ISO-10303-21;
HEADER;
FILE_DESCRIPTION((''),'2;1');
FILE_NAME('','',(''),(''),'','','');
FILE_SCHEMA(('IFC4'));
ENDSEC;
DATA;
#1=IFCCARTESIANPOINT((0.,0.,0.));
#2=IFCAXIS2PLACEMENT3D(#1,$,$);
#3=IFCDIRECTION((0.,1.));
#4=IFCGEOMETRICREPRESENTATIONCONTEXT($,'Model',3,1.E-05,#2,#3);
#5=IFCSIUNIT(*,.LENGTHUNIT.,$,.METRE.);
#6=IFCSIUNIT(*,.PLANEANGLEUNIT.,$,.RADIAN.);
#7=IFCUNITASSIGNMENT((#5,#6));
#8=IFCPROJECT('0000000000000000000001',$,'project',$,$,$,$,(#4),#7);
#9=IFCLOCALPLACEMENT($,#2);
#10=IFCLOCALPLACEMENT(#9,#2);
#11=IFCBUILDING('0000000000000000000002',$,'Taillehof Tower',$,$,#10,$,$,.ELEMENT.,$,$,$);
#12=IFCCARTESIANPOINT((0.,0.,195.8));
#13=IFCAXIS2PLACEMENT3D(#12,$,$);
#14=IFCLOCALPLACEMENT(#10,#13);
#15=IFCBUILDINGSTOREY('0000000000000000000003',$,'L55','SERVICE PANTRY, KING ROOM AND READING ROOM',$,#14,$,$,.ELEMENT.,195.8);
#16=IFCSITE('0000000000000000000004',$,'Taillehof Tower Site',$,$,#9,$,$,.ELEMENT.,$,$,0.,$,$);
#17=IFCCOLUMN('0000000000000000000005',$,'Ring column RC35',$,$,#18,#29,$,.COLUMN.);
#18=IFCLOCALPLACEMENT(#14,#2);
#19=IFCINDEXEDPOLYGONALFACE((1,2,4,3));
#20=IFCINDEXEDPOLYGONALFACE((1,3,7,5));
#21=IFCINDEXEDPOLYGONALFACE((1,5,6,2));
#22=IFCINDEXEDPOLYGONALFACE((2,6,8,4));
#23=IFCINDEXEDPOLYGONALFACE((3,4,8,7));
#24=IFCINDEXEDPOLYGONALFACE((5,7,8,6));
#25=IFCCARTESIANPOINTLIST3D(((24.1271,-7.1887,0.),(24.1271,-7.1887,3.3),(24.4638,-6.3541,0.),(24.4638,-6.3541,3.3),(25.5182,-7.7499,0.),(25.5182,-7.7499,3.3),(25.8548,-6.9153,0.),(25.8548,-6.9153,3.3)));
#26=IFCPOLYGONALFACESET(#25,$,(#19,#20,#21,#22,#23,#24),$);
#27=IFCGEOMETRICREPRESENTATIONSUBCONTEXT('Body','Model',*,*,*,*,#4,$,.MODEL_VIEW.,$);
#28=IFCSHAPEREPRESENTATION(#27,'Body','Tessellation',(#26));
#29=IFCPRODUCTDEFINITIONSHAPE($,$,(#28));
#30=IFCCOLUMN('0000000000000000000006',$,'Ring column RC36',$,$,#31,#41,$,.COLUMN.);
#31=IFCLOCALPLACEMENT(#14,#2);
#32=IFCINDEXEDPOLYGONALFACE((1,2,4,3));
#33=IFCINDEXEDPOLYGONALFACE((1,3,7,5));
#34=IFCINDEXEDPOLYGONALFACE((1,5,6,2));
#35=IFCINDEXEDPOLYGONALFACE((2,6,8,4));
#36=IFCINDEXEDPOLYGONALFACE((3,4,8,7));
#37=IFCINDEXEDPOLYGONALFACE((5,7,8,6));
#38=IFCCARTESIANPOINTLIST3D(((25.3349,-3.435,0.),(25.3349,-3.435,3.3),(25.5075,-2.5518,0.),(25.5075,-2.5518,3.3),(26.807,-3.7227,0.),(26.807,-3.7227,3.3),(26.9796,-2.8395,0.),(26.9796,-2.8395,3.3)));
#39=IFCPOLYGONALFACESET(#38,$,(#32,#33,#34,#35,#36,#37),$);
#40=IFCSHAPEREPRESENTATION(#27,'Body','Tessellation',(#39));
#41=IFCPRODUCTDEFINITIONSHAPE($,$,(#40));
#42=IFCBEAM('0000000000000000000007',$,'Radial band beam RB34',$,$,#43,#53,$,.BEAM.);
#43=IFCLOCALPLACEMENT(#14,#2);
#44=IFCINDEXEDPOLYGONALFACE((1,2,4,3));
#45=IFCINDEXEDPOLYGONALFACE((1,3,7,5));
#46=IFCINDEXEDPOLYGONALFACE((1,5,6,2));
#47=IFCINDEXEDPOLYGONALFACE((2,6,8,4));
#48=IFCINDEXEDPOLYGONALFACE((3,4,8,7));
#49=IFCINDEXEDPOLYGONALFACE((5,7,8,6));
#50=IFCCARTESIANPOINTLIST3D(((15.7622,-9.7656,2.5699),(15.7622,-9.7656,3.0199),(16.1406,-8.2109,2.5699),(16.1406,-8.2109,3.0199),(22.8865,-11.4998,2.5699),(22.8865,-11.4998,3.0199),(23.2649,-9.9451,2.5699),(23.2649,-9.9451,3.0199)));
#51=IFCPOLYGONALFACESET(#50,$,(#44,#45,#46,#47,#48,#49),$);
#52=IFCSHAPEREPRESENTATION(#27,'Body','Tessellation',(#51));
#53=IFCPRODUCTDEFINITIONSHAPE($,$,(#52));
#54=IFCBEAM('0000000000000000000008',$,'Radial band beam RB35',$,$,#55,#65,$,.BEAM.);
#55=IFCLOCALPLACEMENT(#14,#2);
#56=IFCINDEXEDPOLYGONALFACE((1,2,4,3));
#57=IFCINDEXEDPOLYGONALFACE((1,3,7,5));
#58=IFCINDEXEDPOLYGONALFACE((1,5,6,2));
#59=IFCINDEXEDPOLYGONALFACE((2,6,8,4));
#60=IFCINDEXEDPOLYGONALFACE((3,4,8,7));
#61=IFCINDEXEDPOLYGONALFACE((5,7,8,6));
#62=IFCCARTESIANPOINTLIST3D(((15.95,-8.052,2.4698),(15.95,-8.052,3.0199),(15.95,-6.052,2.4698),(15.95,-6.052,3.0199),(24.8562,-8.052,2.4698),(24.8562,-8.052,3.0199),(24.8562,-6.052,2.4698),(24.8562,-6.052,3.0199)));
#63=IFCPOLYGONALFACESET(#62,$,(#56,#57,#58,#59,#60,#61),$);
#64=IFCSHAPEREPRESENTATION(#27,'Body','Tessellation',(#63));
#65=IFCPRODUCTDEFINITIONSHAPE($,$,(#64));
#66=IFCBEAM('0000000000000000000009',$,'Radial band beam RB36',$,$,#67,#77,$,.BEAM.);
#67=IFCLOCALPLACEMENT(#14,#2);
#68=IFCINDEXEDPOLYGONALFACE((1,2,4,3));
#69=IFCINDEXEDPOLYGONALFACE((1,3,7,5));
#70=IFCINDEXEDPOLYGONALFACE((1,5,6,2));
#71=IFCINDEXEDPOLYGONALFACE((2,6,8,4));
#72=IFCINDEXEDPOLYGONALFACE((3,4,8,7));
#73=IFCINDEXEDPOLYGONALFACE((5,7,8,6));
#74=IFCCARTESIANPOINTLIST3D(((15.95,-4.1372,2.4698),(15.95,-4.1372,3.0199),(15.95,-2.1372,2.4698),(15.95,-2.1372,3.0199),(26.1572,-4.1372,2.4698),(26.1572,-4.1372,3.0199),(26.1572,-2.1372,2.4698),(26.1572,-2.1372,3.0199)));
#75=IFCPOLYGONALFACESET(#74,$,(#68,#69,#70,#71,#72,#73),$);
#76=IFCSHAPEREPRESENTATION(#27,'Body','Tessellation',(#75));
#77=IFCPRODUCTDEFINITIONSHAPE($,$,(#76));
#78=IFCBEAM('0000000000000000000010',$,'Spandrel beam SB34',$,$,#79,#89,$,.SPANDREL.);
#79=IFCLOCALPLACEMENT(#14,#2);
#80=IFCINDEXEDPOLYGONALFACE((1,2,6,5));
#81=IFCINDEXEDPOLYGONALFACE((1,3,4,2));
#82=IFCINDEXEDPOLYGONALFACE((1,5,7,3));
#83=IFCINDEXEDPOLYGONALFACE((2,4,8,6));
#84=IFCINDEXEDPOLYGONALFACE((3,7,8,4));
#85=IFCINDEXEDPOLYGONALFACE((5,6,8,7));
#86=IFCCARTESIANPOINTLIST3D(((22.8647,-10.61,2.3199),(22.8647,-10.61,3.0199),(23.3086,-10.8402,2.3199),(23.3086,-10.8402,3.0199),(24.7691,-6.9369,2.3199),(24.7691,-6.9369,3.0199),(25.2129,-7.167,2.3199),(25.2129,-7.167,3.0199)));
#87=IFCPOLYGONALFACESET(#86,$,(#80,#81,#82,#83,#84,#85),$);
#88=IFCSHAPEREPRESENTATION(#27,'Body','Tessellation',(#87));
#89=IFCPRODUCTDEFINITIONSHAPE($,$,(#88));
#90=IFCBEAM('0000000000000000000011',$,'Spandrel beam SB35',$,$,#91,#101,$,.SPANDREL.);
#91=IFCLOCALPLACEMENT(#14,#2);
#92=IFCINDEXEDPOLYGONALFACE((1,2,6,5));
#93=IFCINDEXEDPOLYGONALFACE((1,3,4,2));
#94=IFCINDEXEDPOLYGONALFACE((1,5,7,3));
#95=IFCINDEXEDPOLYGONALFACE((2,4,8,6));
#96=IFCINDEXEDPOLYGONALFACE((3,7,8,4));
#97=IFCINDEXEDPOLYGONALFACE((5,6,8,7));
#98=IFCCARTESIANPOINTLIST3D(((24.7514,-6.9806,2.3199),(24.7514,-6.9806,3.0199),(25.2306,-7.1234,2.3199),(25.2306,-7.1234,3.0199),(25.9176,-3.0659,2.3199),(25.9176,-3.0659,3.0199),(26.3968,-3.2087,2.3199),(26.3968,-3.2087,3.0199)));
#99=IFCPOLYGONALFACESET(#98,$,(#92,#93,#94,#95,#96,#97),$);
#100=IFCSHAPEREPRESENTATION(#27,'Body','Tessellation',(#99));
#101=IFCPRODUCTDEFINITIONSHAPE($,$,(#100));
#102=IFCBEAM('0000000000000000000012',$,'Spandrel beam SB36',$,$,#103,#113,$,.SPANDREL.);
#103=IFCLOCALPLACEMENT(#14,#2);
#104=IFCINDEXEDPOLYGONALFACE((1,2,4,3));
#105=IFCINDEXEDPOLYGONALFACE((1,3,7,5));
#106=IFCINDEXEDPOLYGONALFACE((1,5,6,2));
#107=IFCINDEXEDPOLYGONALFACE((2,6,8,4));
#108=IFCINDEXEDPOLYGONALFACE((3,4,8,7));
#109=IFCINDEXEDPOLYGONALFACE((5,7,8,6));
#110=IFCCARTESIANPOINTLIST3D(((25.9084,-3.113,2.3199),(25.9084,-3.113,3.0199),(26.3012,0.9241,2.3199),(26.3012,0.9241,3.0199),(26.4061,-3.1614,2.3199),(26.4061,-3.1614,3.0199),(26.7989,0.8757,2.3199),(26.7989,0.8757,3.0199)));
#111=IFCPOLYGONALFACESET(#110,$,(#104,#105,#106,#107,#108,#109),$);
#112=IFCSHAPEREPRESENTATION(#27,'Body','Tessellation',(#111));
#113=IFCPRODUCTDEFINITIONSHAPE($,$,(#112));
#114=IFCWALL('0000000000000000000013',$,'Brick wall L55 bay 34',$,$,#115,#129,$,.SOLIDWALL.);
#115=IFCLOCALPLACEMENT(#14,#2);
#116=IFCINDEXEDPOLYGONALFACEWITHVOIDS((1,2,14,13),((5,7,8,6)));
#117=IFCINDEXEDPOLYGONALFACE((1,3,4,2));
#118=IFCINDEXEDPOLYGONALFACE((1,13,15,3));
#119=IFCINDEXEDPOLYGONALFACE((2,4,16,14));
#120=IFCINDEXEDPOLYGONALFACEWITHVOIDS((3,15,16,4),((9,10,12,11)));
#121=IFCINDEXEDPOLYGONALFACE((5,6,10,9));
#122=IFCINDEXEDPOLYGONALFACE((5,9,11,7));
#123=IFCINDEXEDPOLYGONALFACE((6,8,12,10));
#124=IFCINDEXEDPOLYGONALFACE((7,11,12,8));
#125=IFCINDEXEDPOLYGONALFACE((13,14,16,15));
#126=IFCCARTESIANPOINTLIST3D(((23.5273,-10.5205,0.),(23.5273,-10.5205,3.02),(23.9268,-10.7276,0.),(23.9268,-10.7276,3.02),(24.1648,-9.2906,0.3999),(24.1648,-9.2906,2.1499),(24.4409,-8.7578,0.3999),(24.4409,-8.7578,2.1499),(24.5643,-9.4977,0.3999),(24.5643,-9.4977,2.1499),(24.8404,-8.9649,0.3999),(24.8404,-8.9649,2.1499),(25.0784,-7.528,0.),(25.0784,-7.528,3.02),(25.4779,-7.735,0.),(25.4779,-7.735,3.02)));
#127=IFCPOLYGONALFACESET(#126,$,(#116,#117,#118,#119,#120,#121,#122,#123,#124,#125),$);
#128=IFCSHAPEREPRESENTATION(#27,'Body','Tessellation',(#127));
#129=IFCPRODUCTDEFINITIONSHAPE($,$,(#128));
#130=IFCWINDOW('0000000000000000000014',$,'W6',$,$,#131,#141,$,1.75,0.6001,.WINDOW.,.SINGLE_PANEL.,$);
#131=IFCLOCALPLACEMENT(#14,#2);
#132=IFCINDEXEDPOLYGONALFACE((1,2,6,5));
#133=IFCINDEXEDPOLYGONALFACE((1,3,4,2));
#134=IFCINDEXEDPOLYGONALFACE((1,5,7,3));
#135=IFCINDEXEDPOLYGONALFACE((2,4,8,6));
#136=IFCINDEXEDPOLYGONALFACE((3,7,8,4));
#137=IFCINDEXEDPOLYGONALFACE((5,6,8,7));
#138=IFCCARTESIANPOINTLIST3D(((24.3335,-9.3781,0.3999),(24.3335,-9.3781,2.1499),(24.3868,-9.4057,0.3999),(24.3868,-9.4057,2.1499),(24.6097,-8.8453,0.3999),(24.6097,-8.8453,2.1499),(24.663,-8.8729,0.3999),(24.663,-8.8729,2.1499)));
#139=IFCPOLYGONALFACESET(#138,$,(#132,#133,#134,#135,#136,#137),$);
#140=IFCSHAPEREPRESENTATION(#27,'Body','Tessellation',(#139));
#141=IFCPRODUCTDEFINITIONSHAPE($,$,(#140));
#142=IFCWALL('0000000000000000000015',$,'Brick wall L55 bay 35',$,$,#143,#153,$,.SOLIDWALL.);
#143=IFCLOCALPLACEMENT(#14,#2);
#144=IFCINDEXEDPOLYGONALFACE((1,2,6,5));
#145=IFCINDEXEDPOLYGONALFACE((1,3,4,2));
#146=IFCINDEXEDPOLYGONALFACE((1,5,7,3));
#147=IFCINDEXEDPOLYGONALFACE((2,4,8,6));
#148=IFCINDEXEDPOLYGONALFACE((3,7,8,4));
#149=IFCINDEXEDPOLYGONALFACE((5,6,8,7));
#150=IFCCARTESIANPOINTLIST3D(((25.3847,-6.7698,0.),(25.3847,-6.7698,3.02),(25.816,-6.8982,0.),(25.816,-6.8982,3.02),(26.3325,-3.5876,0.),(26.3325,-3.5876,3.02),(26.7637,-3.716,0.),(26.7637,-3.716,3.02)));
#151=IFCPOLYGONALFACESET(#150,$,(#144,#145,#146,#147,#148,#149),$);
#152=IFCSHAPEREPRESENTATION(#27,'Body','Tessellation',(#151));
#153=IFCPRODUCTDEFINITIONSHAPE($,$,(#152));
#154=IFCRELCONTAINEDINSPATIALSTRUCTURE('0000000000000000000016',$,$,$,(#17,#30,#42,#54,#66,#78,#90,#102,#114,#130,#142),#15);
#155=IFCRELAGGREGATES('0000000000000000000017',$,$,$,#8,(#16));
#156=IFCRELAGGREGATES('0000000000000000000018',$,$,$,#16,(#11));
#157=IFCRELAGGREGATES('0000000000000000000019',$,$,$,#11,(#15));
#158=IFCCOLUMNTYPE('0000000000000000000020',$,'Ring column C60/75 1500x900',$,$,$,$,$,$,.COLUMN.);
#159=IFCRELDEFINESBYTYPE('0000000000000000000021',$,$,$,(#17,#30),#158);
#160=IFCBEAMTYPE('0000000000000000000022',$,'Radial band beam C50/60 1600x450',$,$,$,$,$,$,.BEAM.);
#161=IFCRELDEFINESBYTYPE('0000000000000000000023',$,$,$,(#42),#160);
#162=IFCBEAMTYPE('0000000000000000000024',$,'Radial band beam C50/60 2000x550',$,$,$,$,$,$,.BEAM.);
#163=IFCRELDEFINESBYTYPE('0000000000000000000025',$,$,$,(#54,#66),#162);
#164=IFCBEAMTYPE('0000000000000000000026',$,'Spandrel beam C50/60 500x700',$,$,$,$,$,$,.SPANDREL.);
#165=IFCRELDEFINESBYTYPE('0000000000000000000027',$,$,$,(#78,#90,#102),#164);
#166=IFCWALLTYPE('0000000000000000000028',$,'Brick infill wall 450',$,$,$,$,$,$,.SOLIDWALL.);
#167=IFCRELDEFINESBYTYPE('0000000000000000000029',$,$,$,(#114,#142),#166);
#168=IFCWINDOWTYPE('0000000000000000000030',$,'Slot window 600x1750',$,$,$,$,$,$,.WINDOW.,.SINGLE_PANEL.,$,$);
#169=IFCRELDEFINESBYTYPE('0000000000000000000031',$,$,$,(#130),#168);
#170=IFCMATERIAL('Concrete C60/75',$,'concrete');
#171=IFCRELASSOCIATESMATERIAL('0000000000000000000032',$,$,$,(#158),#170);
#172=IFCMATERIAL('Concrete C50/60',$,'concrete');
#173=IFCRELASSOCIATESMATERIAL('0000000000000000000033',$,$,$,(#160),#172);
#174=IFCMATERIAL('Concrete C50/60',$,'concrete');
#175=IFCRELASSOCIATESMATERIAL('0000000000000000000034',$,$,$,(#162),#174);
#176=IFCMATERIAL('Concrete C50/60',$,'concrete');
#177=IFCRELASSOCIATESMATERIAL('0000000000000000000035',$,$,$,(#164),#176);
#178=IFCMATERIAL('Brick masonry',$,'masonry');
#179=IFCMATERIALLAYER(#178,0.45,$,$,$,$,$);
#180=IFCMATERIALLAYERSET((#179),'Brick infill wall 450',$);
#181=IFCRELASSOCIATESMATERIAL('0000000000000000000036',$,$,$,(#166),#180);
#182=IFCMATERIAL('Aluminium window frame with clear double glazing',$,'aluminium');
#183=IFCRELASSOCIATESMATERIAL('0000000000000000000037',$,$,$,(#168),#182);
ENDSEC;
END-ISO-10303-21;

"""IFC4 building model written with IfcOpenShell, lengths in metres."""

from ifc_helpers import new_model, si_unit, direction, frame, frame_2d, origin, origin_2d, place, context, subcontext, project, spatial, rectangle, extrude, material, layer, layer_set, material_profile, profile_set, type_object, element, fill, save


model = new_model("IFC4")

# Units and contexts
model_context = context("Model", 3, precision=1e-05, world=origin(), true_north=direction((0.0, 1.0)))
body_context = subcontext(model_context, "Body", "Model", "MODEL_VIEW")
ifc_project = project(units=[si_unit("LENGTHUNIT", "METRE"), si_unit("PLANEANGLEUNIT", "RADIAN")], contexts=[model_context])

# Site, building, storey
site_placement = place(None, origin())
site = spatial("IfcSite", under=ifc_project, at=site_placement, Name="Taillehof Tower Site", CompositionType="ELEMENT", RefElevation=0.0)
building_placement = place(site_placement, origin())
building = spatial("IfcBuilding", under=site, at=building_placement, Name="Taillehof Tower", CompositionType="ELEMENT")
storey_placement = place(building_placement, frame((0.0, 0.0, 195.8)))
storey = spatial("IfcBuildingStorey", under=building, at=storey_placement, Name="L55", Description="SERVICE PANTRY, KING ROOM AND READING ROOM", CompositionType="ELEMENT", Elevation=195.8)

# Columns
ifc_material_1 = material(Name="Concrete C60/75", Category="concrete")
ifc_material_profile_1 = material_profile(ifc_material_1, rectangle(XDim=1.5, YDim=0.8999, at=origin_2d()), Name="RC 1500x900")
ifc_profile_set_1 = profile_set([ifc_material_profile_1], Name="Concrete C60/75")
column_type = type_object("IfcColumnType", Name="Ring column C60/75 1500x900", PredefinedType="COLUMN", material=ifc_profile_set_1)
for number, where, z_axis, x_axis, name in (
    (1, (24.991, -7.052, 0.0), (0.0, 0.0, 1.0), (0.927385, -0.374108, 0.0), "Ring column RC35"),
    (2, (26.1572, -3.1372, 0.0), (0.0, 0.0, 1.0), (0.981434, -0.191801, 0.0), "Ring column RC36"),
):
    element("IfcColumn", number, at=place(storey_placement, frame(where, z_axis=z_axis, x_axis=x_axis)), inside=storey, type_object=column_type, Name=name, PredefinedType="COLUMN", context=body_context, shape_type="SweptSolid", body=[
        extrude(rectangle(XDim=1.5, YDim=0.8999, at=origin_2d()), origin(), (0.0, 0.0, 1.0), 3.3),
    ])

# Beams
ifc_material_2 = material(Name="Concrete C50/60", Category="concrete")
ifc_material_profile_2 = material_profile(ifc_material_2, rectangle(XDim=1.6001, YDim=0.45, at=origin_2d()), Name="RC 1600x450")
ifc_profile_set_2 = profile_set([ifc_material_profile_2], Name="Concrete C50/60")
beam_type_1 = type_object("IfcBeamType", Name="Radial band beam C50/60 1600x450", PredefinedType="BEAM", material=ifc_profile_set_2)
beam_1_placement = place(storey_placement, frame((23.0757, -10.7224, 2.7949), z_axis=(-0.97163, 0.236506, 0.0), x_axis=(-0.236506, -0.97163, 0.0)))
element("IfcBeam", 3, at=beam_1_placement, inside=storey, type_object=beam_type_1, Name="Radial band beam RB34", PredefinedType="BEAM", context=body_context, shape_type="SweptSolid", body=[
    extrude(rectangle(XDim=1.6001, YDim=0.45, at=origin_2d()), origin(), (0.0, 0.0, 1.0), 7.3323),
])
ifc_material_3 = material(Name="Concrete C50/60", Category="concrete")
ifc_material_profile_3 = material_profile(ifc_material_3, rectangle(XDim=2.0, YDim=0.55, at=origin_2d()), Name="RC 2000x550")
ifc_profile_set_3 = profile_set([ifc_material_profile_3], Name="Concrete C50/60")
beam_type_2 = type_object("IfcBeamType", Name="Radial band beam C50/60 2000x550", PredefinedType="BEAM", material=ifc_profile_set_3)
beam_2_placement = place(storey_placement, frame((24.8562, -7.052, 2.7449), z_axis=(-1.0, 0.0, 0.0), x_axis=(0.0, -1.0, 0.0)))
element("IfcBeam", 4, at=beam_2_placement, inside=storey, type_object=beam_type_2, Name="Radial band beam RB35", PredefinedType="BEAM", context=body_context, shape_type="SweptSolid", body=[
    extrude(rectangle(XDim=2.0, YDim=0.55, at=origin_2d()), origin(), (0.0, 0.0, 1.0), 8.9062),
])
beam_3_placement = place(storey_placement, frame((26.1572, -3.1372, 2.7449), z_axis=(-1.0, 0.0, 0.0), x_axis=(0.0, -1.0, 0.0)))
element("IfcBeam", 5, at=beam_3_placement, inside=storey, type_object=beam_type_2, Name="Radial band beam RB36", PredefinedType="BEAM", context=body_context, shape_type="SweptSolid", body=[
    extrude(rectangle(XDim=2.0, YDim=0.55, at=origin_2d()), origin(), (0.0, 0.0, 1.0), 10.2073),
])
ifc_material_4 = material(Name="Concrete C50/60", Category="concrete")
ifc_material_profile_4 = material_profile(ifc_material_4, rectangle(XDim=0.5, YDim=0.7, at=origin_2d()), Name="RC 500x700")
ifc_profile_set_4 = profile_set([ifc_material_profile_4], Name="Concrete C50/60")
beam_type_3 = type_object("IfcBeamType", Name="Spandrel beam C50/60 500x700", PredefinedType="SPANDREL", material=ifc_profile_set_4)
beam_4_placement = place(storey_placement, frame((23.0867, -10.7251, 2.6699), z_axis=(0.460265, 0.887781, 0.0), x_axis=(-0.887781, 0.460265, 0.0)))
element("IfcBeam", 6, at=beam_4_placement, inside=storey, type_object=beam_type_3, Name="Spandrel beam SB34", PredefinedType="SPANDREL", context=body_context, shape_type="SweptSolid", body=[
    extrude(rectangle(XDim=0.5, YDim=0.7, at=origin_2d()), origin(), (0.0, 0.0, 1.0), 4.1375),
])
beam_5_placement = place(storey_placement, frame((24.991, -7.052, 2.6699), z_axis=(0.28551, 0.958376, 0.0), x_axis=(-0.958376, 0.28551, 0.0)))
element("IfcBeam", 7, at=beam_5_placement, inside=storey, type_object=beam_type_3, Name="Spandrel beam SB35", PredefinedType="SPANDREL", context=body_context, shape_type="SweptSolid", body=[
    extrude(rectangle(XDim=0.5, YDim=0.7, at=origin_2d()), origin(), (0.0, 0.0, 1.0), 4.0847),
])
beam_6_placement = place(storey_placement, frame((26.1572, -3.1372, 2.6699), z_axis=(0.096845, 0.995299, 0.0), x_axis=(-0.995299, 0.096845, 0.0)))
element("IfcBeam", 8, at=beam_6_placement, inside=storey, type_object=beam_type_3, Name="Spandrel beam SB36", PredefinedType="SPANDREL", context=body_context, shape_type="SweptSolid", body=[
    extrude(rectangle(XDim=0.5, YDim=0.7, at=origin_2d()), origin(), (0.0, 0.0, 1.0), 4.0562),
])

# Wall, opening, window
ifc_material_5 = material(Name="Brick masonry", Category="masonry")
ifc_layer_1 = layer(ifc_material_5, 0.45)
ifc_layer_set_1 = layer_set([ifc_layer_1], Name="Brick infill wall 450")
wall_type_1 = type_object("IfcWallType", Name="Brick infill wall 450", PredefinedType="SOLIDWALL", material=ifc_layer_set_1)
wall_1_placement = place(storey_placement, frame((23.7271, -10.624, 0.0), z_axis=(0.0, 0.0, 1.0), x_axis=(0.460176, 0.887828, 0.0)))
wall_1 = element("IfcWall", 9, at=wall_1_placement, inside=storey, type_object=wall_type_1, Name="Brick wall L55 bay 34", PredefinedType="SOLIDWALL", context=body_context, shape_type="SweptSolid", body=[
    extrude(rectangle(XDim=3.3706, YDim=0.45, at=frame_2d((1.6853, 0.0))), origin(), (0.0, 0.0, 1.0), 3.02),
])
opening_1_placement = place(wall_1_placement, frame((1.3853, 0.0, 0.3999)))
opening_1 = element("IfcOpeningElement", 10, at=opening_1_placement, cuts=wall_1, PredefinedType="OPENING", context=body_context, shape_type="SweptSolid", body=[
    extrude(rectangle(XDim=0.6001, YDim=1.75, at=frame_2d((0.3, 0.875))), frame((0.0, 0.2349, 0.0), z_axis=(0.0, -1.0, 0.0), x_axis=(1.0, 0.0, 0.0)), (0.0, 0.0, 1.0), 0.47),
])
ifc_material_6 = material(Name="Aluminium window frame with clear double glazing", Category="aluminium")
window_type = type_object("IfcWindowType", Name="Slot window 600x1750", PartitioningType="SINGLE_PANEL", PredefinedType="WINDOW", material=ifc_material_6)
window_1_placement = place(opening_1_placement, origin())
window_1 = element("IfcWindow", 11, at=window_1_placement, inside=storey, type_object=window_type, Name="W6", OverallHeight=1.75, OverallWidth=0.6001, PartitioningType="SINGLE_PANEL", PredefinedType="WINDOW", context=body_context, shape_type="SweptSolid", body=[
    extrude(rectangle(XDim=0.6001, YDim=1.75, at=frame_2d((0.3, 0.875))), frame((0.0, 0.0349, 0.0), z_axis=(0.0, -1.0, 0.0), x_axis=(1.0, 0.0, 0.0)), (0.0, 0.0, 1.0), 0.0601),
])
fill(opening_1, window_1)

# Wall
wall_2_placement = place(storey_placement, frame((25.6003, -6.834, 0.0), z_axis=(0.0, 0.0, 1.0), x_axis=(0.285445, 0.958395, 0.0)))
element("IfcWall", 12, at=wall_2_placement, inside=storey, type_object=wall_type_1, Name="Brick wall L55 bay 35", PredefinedType="SOLIDWALL", context=body_context, shape_type="SweptSolid", body=[
    extrude(rectangle(XDim=3.3203, YDim=0.45, at=frame_2d((1.6602, 0.0))), origin(), (0.0, 0.0, 1.0), 3.02),
])

save(model, "model.ifc")
